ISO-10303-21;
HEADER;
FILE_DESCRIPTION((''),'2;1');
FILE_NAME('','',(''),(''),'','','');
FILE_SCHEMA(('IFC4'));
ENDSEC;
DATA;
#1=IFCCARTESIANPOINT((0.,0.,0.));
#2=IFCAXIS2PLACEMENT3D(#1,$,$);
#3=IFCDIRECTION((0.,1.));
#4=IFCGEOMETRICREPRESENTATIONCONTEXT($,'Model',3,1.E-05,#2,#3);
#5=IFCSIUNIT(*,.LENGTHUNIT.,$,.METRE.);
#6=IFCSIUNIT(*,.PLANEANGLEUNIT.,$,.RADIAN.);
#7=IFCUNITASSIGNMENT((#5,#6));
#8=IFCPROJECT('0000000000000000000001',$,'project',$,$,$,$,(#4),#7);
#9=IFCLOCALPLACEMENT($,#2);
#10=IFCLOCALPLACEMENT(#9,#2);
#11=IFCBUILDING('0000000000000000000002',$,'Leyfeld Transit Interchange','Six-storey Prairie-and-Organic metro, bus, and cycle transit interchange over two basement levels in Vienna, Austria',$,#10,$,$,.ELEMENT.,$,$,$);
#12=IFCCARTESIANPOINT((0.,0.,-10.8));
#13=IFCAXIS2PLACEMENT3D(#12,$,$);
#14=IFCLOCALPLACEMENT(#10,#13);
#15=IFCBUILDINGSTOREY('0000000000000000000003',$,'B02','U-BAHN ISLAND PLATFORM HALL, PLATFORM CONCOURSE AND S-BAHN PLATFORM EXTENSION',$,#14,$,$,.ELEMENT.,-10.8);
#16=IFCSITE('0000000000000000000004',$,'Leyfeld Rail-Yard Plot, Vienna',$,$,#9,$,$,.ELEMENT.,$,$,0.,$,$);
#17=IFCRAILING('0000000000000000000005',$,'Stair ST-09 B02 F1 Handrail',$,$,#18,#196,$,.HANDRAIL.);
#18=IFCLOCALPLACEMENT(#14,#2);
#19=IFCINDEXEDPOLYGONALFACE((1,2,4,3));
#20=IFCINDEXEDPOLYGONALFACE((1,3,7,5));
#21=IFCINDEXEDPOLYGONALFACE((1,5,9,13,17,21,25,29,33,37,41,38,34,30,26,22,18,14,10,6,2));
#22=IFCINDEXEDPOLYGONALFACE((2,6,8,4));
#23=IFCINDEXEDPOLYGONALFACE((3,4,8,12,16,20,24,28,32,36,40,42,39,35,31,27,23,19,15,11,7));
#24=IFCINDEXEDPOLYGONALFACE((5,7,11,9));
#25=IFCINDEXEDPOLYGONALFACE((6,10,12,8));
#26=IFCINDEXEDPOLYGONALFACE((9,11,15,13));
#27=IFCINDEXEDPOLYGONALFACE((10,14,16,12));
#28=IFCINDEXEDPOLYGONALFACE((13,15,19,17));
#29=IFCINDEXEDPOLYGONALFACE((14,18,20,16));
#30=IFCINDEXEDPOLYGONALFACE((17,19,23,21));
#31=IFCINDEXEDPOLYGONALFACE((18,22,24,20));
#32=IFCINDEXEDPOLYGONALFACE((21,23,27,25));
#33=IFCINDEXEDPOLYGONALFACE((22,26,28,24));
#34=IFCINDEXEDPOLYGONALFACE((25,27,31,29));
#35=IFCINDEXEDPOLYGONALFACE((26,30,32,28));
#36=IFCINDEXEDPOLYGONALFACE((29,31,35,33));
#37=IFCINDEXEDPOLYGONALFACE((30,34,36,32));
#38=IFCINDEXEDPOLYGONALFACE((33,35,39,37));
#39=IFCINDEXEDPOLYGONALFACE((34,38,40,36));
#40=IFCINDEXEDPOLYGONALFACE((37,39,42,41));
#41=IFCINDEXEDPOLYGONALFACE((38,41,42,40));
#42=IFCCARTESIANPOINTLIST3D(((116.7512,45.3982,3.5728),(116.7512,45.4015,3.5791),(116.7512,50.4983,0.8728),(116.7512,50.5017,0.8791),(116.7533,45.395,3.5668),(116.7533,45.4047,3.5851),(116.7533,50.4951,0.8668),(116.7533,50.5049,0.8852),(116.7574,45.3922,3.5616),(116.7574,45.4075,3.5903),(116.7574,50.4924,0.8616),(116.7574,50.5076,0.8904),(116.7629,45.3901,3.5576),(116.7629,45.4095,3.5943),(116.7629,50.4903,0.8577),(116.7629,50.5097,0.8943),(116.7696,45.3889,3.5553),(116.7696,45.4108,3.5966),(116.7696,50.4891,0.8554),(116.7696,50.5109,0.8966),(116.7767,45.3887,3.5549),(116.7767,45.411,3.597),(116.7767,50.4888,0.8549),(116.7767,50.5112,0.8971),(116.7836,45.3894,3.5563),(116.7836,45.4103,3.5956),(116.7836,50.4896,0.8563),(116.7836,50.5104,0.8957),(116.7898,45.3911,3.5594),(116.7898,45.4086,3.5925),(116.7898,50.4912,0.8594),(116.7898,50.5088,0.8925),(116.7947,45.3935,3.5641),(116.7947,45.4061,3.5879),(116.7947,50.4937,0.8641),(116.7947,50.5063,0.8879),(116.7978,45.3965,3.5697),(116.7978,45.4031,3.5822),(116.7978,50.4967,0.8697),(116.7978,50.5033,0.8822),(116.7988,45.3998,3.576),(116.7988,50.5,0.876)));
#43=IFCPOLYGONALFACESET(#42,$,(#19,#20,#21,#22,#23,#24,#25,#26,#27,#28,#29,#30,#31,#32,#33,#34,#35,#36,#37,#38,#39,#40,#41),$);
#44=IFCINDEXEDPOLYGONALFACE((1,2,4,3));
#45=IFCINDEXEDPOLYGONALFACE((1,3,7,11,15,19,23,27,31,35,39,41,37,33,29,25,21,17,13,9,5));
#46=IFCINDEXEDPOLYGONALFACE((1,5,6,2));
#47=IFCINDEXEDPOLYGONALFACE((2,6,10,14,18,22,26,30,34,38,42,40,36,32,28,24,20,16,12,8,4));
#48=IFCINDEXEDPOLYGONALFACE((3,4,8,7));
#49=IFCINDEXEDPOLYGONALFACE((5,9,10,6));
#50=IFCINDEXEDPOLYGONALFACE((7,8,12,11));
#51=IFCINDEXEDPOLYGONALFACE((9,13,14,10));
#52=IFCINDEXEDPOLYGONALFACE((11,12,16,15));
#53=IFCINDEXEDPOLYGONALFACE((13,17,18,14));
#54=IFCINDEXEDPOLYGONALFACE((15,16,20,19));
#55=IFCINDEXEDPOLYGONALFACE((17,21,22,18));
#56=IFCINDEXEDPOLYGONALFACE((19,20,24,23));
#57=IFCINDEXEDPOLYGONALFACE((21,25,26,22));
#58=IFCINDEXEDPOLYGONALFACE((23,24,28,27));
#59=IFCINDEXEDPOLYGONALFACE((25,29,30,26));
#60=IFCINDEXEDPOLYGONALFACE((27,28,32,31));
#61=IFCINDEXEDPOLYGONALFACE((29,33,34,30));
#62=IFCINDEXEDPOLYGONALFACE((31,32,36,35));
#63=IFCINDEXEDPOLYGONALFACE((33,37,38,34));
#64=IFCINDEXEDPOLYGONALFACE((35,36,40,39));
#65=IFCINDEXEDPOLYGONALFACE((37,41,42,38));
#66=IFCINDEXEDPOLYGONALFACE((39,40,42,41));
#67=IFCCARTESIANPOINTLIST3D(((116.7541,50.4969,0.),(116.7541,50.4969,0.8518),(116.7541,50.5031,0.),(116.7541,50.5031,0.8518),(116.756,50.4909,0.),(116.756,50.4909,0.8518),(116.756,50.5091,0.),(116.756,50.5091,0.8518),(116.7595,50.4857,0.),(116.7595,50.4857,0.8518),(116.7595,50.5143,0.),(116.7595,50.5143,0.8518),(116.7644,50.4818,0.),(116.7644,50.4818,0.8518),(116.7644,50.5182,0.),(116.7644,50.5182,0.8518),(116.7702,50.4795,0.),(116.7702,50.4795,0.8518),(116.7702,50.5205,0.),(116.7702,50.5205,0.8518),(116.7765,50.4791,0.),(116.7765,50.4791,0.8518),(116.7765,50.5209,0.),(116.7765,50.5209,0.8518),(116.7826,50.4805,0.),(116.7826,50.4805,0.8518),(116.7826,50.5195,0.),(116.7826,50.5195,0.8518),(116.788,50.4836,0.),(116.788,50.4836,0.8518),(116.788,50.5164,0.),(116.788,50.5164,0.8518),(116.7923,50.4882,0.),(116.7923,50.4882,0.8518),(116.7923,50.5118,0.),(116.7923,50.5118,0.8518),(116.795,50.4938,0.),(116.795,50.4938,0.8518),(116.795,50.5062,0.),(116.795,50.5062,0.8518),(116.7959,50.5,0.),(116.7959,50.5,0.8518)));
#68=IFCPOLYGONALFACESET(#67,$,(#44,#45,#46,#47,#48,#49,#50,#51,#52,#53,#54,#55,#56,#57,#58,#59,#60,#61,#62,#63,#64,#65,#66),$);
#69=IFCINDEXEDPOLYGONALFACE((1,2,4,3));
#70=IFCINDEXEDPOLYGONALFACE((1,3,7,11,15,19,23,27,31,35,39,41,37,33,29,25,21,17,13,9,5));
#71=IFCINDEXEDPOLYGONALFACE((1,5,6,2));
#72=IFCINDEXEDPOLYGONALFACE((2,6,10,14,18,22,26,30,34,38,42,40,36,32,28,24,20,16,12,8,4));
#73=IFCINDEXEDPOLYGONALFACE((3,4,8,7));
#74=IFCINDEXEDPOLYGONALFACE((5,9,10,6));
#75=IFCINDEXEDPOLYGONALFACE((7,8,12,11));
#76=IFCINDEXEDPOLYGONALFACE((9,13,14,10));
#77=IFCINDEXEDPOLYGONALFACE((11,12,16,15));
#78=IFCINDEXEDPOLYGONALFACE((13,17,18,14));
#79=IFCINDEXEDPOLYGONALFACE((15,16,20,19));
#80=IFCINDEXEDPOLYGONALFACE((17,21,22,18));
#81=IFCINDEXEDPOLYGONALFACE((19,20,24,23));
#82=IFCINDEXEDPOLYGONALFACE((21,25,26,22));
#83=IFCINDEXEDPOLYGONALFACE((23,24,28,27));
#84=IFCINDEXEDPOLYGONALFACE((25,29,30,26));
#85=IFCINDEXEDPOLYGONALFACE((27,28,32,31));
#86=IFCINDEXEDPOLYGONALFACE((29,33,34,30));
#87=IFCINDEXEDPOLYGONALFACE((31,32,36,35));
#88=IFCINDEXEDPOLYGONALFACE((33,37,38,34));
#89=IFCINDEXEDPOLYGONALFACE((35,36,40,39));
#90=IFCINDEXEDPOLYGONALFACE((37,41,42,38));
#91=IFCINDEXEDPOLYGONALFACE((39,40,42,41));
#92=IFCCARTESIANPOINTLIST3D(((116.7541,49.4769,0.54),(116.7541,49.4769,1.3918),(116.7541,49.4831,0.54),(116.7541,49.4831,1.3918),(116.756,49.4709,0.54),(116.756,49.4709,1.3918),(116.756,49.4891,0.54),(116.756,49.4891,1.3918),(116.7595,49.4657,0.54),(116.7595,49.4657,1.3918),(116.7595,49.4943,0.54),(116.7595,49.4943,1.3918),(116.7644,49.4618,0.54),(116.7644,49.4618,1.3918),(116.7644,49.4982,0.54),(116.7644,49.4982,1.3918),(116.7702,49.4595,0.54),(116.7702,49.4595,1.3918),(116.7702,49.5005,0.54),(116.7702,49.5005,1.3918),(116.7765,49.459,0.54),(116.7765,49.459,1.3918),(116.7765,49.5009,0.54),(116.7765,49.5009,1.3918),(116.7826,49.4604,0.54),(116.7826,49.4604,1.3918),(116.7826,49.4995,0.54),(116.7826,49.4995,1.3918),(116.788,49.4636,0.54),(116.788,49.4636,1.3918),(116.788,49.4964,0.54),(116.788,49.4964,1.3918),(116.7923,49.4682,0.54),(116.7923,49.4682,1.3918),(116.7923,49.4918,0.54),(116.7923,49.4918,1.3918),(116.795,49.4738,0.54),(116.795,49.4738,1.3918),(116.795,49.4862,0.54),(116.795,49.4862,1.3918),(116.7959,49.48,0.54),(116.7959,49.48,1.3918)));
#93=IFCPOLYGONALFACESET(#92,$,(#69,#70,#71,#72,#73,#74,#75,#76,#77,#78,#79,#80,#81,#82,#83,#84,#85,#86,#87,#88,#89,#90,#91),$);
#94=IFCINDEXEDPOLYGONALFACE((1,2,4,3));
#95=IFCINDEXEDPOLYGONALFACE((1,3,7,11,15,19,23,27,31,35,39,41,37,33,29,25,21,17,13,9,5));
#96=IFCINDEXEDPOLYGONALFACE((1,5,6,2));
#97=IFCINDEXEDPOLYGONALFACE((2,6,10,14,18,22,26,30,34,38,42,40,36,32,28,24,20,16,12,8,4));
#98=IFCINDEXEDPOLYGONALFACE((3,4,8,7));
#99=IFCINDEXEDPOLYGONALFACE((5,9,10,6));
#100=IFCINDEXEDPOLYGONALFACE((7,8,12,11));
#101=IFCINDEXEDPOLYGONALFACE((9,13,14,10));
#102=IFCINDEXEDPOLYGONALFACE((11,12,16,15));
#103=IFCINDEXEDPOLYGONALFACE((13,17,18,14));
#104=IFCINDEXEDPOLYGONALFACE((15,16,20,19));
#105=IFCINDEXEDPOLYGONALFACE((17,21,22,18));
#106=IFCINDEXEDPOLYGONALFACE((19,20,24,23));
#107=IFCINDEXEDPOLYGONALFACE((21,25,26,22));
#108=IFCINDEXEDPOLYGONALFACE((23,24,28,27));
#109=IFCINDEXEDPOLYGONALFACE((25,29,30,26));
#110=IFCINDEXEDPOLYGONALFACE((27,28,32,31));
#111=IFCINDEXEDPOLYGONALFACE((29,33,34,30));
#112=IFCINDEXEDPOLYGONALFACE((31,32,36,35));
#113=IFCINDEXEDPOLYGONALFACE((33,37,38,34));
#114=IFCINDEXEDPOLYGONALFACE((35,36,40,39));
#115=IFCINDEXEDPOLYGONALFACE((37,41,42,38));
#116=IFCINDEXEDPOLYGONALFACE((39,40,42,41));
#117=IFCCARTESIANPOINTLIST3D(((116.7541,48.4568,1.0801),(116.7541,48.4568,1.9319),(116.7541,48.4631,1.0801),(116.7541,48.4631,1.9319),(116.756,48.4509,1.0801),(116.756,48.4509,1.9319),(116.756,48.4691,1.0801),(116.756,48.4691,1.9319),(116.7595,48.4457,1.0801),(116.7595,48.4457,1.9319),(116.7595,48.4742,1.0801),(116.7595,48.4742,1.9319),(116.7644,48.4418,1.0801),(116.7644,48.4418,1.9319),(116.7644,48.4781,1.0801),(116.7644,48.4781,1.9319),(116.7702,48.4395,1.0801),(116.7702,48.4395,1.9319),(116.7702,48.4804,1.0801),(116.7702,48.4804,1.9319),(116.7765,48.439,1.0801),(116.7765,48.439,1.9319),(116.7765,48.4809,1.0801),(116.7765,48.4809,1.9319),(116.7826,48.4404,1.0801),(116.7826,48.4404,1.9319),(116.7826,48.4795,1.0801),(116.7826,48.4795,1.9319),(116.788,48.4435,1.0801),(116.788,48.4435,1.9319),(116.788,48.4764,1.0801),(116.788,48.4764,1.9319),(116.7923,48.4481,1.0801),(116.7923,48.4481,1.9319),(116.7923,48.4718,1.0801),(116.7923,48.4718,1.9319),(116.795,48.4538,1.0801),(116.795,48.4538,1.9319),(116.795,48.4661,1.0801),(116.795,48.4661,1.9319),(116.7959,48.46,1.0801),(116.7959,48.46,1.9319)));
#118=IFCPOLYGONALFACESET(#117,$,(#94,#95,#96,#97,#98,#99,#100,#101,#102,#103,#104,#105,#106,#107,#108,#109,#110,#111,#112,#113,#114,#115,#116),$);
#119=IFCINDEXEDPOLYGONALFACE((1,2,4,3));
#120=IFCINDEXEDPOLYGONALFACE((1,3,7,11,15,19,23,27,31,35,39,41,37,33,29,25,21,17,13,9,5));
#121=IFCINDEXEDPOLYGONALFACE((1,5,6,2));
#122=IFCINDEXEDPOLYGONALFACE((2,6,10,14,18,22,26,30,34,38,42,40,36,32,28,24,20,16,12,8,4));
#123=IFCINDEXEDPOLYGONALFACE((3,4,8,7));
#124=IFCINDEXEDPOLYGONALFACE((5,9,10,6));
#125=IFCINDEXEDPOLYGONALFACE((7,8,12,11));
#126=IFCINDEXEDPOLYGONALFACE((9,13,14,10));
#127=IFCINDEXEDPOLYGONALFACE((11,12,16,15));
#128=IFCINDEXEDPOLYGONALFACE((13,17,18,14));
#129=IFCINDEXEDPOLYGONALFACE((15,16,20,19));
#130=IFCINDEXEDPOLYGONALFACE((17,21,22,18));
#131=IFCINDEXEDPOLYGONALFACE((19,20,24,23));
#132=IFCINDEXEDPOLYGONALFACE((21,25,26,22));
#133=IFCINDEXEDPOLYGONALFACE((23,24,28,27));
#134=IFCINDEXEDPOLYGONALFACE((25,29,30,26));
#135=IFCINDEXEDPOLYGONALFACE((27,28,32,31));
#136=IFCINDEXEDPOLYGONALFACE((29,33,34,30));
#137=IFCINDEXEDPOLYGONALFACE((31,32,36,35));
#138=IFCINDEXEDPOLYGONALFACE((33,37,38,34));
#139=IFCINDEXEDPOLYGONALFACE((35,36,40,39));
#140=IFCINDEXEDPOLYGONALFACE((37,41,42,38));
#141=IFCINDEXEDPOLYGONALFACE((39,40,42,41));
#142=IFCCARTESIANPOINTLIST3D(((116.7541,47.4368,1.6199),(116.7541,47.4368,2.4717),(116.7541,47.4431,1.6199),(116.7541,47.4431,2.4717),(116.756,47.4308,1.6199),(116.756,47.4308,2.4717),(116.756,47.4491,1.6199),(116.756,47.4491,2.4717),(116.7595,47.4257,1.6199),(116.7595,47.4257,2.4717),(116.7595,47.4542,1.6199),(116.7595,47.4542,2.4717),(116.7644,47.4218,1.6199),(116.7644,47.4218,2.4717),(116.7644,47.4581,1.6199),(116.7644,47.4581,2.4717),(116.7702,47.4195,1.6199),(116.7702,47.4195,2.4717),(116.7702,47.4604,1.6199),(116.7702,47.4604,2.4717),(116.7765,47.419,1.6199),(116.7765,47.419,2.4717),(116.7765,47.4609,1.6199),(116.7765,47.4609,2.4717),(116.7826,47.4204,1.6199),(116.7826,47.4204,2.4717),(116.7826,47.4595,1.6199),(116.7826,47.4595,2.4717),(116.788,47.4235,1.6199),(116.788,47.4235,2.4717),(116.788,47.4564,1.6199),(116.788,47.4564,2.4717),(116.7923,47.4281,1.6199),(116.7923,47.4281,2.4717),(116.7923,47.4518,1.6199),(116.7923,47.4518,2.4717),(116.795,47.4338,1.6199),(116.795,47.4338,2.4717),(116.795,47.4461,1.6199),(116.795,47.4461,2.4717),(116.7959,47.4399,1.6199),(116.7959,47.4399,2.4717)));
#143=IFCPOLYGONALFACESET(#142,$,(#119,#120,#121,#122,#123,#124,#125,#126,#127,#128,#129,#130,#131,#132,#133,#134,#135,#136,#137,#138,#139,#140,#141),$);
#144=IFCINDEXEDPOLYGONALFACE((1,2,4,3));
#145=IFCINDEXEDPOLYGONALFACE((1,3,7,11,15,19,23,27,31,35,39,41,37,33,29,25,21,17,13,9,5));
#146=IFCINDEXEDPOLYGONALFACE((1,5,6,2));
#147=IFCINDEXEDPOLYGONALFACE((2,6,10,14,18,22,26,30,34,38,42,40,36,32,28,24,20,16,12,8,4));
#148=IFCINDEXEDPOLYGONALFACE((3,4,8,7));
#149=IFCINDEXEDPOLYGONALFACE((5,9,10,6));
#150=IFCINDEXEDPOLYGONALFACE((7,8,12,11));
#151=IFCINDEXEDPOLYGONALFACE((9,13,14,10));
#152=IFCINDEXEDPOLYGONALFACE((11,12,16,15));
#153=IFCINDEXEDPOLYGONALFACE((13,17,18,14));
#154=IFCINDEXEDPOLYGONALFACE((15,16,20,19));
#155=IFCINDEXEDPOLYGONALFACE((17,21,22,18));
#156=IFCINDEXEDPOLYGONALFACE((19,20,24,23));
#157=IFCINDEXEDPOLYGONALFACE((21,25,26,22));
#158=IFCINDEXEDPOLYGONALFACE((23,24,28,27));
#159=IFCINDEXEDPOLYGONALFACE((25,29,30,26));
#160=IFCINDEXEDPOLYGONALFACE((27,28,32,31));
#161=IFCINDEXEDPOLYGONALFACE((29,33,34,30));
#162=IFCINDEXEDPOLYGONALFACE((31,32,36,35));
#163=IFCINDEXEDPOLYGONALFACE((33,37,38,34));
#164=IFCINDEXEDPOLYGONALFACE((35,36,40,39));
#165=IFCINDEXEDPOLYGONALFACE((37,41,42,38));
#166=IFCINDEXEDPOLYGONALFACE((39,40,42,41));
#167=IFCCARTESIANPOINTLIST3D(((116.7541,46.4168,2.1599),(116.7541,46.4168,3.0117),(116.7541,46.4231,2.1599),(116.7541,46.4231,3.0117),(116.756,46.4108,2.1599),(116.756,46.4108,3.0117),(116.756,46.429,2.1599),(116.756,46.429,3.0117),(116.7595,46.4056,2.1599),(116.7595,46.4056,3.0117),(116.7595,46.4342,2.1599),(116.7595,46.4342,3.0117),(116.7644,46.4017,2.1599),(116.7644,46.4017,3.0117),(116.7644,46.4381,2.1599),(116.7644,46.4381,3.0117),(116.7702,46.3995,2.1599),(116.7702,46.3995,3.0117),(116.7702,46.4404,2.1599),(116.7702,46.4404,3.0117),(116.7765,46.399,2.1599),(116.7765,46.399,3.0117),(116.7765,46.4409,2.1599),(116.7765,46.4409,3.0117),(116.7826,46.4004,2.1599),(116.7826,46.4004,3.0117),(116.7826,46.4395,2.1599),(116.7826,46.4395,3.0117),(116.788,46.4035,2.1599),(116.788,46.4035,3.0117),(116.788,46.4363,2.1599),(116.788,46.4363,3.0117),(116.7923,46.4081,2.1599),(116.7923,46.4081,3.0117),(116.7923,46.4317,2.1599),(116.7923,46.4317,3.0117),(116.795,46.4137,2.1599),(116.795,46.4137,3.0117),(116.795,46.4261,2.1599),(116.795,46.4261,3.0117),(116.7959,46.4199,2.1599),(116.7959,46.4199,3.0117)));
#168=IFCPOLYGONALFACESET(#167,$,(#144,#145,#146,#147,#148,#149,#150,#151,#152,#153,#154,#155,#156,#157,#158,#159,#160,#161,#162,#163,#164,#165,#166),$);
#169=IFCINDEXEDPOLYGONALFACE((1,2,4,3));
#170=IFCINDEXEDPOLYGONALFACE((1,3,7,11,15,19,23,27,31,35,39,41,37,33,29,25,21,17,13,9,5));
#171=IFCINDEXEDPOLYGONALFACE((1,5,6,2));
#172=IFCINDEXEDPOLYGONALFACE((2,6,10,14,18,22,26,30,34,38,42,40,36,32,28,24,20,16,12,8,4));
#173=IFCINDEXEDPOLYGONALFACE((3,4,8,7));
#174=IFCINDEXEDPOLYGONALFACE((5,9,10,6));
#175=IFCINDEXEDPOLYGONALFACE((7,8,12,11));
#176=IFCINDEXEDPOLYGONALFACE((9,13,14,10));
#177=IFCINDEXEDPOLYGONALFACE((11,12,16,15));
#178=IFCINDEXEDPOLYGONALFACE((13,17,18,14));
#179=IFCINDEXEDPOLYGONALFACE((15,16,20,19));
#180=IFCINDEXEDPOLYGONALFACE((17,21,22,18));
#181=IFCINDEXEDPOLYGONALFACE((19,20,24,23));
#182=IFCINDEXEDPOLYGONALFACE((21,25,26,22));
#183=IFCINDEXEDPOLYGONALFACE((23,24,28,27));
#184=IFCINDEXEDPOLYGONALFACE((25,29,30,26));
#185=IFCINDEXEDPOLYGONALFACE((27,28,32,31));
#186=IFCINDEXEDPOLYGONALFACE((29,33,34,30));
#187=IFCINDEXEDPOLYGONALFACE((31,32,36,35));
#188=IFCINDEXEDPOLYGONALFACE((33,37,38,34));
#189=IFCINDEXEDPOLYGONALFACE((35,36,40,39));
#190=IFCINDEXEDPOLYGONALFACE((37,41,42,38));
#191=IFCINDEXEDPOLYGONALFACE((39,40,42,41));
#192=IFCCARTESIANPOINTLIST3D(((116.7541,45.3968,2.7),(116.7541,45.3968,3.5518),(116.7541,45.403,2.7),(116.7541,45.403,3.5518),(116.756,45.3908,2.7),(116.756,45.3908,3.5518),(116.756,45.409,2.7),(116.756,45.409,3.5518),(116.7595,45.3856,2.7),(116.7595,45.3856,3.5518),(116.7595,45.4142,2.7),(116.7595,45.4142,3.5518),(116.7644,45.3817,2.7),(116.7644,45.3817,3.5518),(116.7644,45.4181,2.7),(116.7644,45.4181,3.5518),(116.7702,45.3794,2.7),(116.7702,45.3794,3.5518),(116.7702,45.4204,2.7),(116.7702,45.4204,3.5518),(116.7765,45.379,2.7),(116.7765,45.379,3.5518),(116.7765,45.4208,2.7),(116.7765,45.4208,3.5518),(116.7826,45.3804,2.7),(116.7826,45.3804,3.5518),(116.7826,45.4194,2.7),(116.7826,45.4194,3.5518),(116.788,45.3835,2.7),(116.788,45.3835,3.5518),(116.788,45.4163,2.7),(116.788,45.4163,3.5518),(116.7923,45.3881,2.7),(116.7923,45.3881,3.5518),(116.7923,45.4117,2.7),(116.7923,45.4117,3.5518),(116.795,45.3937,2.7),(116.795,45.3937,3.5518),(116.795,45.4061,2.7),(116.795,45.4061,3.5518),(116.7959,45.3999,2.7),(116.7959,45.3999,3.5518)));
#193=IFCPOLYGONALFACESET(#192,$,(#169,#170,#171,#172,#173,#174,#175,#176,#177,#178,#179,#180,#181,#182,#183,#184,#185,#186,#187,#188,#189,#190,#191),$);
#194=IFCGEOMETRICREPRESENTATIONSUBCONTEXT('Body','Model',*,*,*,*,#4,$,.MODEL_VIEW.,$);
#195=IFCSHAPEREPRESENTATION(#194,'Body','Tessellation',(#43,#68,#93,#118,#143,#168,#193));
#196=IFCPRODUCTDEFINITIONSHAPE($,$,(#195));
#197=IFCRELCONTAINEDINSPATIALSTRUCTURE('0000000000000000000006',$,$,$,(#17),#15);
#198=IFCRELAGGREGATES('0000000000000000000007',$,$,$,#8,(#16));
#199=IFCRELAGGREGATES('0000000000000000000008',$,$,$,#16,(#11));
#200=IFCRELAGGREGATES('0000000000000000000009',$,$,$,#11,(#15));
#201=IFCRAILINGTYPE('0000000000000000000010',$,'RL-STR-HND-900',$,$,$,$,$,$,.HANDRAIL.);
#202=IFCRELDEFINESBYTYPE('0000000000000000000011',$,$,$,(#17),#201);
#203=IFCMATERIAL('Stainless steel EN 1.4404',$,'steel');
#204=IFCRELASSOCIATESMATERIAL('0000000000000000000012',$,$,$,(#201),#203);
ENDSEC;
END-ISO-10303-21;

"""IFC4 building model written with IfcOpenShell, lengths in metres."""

from ifc_helpers import new_model, si_unit, direction, frame, origin, origin_2d, place, context, subcontext, project, spatial, circle, extrude, material, type_object, element, save


model = new_model("IFC4")

# Units and contexts
model_context = context("Model", 3, precision=1e-05, world=origin(), true_north=direction((0.0, 1.0)))
body_context = subcontext(model_context, "Body", "Model", "MODEL_VIEW")
ifc_project = project(units=[si_unit("LENGTHUNIT", "METRE"), si_unit("PLANEANGLEUNIT", "RADIAN")], contexts=[model_context])

# Site, building, storey
site_placement = place(None, origin())
site = spatial("IfcSite", under=ifc_project, at=site_placement, Name="Leyfeld Rail-Yard Plot, Vienna", CompositionType="ELEMENT", RefElevation=0.0)
building_placement = place(site_placement, origin())
building = spatial("IfcBuilding", under=site, at=building_placement, Name="Leyfeld Transit Interchange", Description="Six-storey Prairie-and-Organic metro, bus, and cycle transit interchange over two basement levels in Vienna, Austria", CompositionType="ELEMENT")
storey_placement = place(building_placement, frame((0.0, 0.0, -10.8)))
storey = spatial("IfcBuildingStorey", under=building, at=storey_placement, Name="B02", Description="U-BAHN ISLAND PLATFORM HALL, PLATFORM CONCOURSE AND S-BAHN PLATFORM EXTENSION", CompositionType="ELEMENT", Elevation=-10.8)

# Railing
ifc_material_1 = material(Name="Stainless steel EN 1.4404", Category="steel")
railing_type_1 = type_object("IfcRailingType", Name="RL-STR-HND-900", PredefinedType="HANDRAIL", material=ifc_material_1)
railing_1_placement = place(storey_placement, frame((116.7749, 50.5, 0.0)))
element("IfcRailing", 1, at=railing_1_placement, inside=storey, type_object=railing_type_1, Name="Stair ST-09 B02 F1 Handrail", PredefinedType="HANDRAIL", context=body_context, shape_type="SweptSolid", body=[
    extrude(circle(Radius=0.0239, at=origin_2d()), frame((0.0, 0.0, 0.876), z_axis=(0.0, -0.883795, 0.467874), x_axis=(1.0, 0.0, 0.0)), (0.0, 0.0, 1.0), 5.7708),
    extrude(circle(Radius=0.021, at=origin_2d()), origin(), (0.0, 0.0, 1.0), 0.8518),
    extrude(circle(Radius=0.021, at=origin_2d()), frame((0.0, -1.02, 0.54)), (0.0, 0.0, 1.0), 0.8518),
    extrude(circle(Radius=0.021, at=origin_2d()), frame((0.0, -2.04, 1.0801)), (0.0, 0.0, 1.0), 0.8518),
    extrude(circle(Radius=0.021, at=origin_2d()), frame((0.0, -3.0601, 1.6199)), (0.0, 0.0, 1.0), 0.8518),
    extrude(circle(Radius=0.021, at=origin_2d()), frame((0.0, -4.0801, 2.1599)), (0.0, 0.0, 1.0), 0.8518),
    extrude(circle(Radius=0.021, at=origin_2d()), frame((0.0, -5.1001, 2.7)), (0.0, 0.0, 1.0), 0.8518),
])

save(model, "model.ifc")
